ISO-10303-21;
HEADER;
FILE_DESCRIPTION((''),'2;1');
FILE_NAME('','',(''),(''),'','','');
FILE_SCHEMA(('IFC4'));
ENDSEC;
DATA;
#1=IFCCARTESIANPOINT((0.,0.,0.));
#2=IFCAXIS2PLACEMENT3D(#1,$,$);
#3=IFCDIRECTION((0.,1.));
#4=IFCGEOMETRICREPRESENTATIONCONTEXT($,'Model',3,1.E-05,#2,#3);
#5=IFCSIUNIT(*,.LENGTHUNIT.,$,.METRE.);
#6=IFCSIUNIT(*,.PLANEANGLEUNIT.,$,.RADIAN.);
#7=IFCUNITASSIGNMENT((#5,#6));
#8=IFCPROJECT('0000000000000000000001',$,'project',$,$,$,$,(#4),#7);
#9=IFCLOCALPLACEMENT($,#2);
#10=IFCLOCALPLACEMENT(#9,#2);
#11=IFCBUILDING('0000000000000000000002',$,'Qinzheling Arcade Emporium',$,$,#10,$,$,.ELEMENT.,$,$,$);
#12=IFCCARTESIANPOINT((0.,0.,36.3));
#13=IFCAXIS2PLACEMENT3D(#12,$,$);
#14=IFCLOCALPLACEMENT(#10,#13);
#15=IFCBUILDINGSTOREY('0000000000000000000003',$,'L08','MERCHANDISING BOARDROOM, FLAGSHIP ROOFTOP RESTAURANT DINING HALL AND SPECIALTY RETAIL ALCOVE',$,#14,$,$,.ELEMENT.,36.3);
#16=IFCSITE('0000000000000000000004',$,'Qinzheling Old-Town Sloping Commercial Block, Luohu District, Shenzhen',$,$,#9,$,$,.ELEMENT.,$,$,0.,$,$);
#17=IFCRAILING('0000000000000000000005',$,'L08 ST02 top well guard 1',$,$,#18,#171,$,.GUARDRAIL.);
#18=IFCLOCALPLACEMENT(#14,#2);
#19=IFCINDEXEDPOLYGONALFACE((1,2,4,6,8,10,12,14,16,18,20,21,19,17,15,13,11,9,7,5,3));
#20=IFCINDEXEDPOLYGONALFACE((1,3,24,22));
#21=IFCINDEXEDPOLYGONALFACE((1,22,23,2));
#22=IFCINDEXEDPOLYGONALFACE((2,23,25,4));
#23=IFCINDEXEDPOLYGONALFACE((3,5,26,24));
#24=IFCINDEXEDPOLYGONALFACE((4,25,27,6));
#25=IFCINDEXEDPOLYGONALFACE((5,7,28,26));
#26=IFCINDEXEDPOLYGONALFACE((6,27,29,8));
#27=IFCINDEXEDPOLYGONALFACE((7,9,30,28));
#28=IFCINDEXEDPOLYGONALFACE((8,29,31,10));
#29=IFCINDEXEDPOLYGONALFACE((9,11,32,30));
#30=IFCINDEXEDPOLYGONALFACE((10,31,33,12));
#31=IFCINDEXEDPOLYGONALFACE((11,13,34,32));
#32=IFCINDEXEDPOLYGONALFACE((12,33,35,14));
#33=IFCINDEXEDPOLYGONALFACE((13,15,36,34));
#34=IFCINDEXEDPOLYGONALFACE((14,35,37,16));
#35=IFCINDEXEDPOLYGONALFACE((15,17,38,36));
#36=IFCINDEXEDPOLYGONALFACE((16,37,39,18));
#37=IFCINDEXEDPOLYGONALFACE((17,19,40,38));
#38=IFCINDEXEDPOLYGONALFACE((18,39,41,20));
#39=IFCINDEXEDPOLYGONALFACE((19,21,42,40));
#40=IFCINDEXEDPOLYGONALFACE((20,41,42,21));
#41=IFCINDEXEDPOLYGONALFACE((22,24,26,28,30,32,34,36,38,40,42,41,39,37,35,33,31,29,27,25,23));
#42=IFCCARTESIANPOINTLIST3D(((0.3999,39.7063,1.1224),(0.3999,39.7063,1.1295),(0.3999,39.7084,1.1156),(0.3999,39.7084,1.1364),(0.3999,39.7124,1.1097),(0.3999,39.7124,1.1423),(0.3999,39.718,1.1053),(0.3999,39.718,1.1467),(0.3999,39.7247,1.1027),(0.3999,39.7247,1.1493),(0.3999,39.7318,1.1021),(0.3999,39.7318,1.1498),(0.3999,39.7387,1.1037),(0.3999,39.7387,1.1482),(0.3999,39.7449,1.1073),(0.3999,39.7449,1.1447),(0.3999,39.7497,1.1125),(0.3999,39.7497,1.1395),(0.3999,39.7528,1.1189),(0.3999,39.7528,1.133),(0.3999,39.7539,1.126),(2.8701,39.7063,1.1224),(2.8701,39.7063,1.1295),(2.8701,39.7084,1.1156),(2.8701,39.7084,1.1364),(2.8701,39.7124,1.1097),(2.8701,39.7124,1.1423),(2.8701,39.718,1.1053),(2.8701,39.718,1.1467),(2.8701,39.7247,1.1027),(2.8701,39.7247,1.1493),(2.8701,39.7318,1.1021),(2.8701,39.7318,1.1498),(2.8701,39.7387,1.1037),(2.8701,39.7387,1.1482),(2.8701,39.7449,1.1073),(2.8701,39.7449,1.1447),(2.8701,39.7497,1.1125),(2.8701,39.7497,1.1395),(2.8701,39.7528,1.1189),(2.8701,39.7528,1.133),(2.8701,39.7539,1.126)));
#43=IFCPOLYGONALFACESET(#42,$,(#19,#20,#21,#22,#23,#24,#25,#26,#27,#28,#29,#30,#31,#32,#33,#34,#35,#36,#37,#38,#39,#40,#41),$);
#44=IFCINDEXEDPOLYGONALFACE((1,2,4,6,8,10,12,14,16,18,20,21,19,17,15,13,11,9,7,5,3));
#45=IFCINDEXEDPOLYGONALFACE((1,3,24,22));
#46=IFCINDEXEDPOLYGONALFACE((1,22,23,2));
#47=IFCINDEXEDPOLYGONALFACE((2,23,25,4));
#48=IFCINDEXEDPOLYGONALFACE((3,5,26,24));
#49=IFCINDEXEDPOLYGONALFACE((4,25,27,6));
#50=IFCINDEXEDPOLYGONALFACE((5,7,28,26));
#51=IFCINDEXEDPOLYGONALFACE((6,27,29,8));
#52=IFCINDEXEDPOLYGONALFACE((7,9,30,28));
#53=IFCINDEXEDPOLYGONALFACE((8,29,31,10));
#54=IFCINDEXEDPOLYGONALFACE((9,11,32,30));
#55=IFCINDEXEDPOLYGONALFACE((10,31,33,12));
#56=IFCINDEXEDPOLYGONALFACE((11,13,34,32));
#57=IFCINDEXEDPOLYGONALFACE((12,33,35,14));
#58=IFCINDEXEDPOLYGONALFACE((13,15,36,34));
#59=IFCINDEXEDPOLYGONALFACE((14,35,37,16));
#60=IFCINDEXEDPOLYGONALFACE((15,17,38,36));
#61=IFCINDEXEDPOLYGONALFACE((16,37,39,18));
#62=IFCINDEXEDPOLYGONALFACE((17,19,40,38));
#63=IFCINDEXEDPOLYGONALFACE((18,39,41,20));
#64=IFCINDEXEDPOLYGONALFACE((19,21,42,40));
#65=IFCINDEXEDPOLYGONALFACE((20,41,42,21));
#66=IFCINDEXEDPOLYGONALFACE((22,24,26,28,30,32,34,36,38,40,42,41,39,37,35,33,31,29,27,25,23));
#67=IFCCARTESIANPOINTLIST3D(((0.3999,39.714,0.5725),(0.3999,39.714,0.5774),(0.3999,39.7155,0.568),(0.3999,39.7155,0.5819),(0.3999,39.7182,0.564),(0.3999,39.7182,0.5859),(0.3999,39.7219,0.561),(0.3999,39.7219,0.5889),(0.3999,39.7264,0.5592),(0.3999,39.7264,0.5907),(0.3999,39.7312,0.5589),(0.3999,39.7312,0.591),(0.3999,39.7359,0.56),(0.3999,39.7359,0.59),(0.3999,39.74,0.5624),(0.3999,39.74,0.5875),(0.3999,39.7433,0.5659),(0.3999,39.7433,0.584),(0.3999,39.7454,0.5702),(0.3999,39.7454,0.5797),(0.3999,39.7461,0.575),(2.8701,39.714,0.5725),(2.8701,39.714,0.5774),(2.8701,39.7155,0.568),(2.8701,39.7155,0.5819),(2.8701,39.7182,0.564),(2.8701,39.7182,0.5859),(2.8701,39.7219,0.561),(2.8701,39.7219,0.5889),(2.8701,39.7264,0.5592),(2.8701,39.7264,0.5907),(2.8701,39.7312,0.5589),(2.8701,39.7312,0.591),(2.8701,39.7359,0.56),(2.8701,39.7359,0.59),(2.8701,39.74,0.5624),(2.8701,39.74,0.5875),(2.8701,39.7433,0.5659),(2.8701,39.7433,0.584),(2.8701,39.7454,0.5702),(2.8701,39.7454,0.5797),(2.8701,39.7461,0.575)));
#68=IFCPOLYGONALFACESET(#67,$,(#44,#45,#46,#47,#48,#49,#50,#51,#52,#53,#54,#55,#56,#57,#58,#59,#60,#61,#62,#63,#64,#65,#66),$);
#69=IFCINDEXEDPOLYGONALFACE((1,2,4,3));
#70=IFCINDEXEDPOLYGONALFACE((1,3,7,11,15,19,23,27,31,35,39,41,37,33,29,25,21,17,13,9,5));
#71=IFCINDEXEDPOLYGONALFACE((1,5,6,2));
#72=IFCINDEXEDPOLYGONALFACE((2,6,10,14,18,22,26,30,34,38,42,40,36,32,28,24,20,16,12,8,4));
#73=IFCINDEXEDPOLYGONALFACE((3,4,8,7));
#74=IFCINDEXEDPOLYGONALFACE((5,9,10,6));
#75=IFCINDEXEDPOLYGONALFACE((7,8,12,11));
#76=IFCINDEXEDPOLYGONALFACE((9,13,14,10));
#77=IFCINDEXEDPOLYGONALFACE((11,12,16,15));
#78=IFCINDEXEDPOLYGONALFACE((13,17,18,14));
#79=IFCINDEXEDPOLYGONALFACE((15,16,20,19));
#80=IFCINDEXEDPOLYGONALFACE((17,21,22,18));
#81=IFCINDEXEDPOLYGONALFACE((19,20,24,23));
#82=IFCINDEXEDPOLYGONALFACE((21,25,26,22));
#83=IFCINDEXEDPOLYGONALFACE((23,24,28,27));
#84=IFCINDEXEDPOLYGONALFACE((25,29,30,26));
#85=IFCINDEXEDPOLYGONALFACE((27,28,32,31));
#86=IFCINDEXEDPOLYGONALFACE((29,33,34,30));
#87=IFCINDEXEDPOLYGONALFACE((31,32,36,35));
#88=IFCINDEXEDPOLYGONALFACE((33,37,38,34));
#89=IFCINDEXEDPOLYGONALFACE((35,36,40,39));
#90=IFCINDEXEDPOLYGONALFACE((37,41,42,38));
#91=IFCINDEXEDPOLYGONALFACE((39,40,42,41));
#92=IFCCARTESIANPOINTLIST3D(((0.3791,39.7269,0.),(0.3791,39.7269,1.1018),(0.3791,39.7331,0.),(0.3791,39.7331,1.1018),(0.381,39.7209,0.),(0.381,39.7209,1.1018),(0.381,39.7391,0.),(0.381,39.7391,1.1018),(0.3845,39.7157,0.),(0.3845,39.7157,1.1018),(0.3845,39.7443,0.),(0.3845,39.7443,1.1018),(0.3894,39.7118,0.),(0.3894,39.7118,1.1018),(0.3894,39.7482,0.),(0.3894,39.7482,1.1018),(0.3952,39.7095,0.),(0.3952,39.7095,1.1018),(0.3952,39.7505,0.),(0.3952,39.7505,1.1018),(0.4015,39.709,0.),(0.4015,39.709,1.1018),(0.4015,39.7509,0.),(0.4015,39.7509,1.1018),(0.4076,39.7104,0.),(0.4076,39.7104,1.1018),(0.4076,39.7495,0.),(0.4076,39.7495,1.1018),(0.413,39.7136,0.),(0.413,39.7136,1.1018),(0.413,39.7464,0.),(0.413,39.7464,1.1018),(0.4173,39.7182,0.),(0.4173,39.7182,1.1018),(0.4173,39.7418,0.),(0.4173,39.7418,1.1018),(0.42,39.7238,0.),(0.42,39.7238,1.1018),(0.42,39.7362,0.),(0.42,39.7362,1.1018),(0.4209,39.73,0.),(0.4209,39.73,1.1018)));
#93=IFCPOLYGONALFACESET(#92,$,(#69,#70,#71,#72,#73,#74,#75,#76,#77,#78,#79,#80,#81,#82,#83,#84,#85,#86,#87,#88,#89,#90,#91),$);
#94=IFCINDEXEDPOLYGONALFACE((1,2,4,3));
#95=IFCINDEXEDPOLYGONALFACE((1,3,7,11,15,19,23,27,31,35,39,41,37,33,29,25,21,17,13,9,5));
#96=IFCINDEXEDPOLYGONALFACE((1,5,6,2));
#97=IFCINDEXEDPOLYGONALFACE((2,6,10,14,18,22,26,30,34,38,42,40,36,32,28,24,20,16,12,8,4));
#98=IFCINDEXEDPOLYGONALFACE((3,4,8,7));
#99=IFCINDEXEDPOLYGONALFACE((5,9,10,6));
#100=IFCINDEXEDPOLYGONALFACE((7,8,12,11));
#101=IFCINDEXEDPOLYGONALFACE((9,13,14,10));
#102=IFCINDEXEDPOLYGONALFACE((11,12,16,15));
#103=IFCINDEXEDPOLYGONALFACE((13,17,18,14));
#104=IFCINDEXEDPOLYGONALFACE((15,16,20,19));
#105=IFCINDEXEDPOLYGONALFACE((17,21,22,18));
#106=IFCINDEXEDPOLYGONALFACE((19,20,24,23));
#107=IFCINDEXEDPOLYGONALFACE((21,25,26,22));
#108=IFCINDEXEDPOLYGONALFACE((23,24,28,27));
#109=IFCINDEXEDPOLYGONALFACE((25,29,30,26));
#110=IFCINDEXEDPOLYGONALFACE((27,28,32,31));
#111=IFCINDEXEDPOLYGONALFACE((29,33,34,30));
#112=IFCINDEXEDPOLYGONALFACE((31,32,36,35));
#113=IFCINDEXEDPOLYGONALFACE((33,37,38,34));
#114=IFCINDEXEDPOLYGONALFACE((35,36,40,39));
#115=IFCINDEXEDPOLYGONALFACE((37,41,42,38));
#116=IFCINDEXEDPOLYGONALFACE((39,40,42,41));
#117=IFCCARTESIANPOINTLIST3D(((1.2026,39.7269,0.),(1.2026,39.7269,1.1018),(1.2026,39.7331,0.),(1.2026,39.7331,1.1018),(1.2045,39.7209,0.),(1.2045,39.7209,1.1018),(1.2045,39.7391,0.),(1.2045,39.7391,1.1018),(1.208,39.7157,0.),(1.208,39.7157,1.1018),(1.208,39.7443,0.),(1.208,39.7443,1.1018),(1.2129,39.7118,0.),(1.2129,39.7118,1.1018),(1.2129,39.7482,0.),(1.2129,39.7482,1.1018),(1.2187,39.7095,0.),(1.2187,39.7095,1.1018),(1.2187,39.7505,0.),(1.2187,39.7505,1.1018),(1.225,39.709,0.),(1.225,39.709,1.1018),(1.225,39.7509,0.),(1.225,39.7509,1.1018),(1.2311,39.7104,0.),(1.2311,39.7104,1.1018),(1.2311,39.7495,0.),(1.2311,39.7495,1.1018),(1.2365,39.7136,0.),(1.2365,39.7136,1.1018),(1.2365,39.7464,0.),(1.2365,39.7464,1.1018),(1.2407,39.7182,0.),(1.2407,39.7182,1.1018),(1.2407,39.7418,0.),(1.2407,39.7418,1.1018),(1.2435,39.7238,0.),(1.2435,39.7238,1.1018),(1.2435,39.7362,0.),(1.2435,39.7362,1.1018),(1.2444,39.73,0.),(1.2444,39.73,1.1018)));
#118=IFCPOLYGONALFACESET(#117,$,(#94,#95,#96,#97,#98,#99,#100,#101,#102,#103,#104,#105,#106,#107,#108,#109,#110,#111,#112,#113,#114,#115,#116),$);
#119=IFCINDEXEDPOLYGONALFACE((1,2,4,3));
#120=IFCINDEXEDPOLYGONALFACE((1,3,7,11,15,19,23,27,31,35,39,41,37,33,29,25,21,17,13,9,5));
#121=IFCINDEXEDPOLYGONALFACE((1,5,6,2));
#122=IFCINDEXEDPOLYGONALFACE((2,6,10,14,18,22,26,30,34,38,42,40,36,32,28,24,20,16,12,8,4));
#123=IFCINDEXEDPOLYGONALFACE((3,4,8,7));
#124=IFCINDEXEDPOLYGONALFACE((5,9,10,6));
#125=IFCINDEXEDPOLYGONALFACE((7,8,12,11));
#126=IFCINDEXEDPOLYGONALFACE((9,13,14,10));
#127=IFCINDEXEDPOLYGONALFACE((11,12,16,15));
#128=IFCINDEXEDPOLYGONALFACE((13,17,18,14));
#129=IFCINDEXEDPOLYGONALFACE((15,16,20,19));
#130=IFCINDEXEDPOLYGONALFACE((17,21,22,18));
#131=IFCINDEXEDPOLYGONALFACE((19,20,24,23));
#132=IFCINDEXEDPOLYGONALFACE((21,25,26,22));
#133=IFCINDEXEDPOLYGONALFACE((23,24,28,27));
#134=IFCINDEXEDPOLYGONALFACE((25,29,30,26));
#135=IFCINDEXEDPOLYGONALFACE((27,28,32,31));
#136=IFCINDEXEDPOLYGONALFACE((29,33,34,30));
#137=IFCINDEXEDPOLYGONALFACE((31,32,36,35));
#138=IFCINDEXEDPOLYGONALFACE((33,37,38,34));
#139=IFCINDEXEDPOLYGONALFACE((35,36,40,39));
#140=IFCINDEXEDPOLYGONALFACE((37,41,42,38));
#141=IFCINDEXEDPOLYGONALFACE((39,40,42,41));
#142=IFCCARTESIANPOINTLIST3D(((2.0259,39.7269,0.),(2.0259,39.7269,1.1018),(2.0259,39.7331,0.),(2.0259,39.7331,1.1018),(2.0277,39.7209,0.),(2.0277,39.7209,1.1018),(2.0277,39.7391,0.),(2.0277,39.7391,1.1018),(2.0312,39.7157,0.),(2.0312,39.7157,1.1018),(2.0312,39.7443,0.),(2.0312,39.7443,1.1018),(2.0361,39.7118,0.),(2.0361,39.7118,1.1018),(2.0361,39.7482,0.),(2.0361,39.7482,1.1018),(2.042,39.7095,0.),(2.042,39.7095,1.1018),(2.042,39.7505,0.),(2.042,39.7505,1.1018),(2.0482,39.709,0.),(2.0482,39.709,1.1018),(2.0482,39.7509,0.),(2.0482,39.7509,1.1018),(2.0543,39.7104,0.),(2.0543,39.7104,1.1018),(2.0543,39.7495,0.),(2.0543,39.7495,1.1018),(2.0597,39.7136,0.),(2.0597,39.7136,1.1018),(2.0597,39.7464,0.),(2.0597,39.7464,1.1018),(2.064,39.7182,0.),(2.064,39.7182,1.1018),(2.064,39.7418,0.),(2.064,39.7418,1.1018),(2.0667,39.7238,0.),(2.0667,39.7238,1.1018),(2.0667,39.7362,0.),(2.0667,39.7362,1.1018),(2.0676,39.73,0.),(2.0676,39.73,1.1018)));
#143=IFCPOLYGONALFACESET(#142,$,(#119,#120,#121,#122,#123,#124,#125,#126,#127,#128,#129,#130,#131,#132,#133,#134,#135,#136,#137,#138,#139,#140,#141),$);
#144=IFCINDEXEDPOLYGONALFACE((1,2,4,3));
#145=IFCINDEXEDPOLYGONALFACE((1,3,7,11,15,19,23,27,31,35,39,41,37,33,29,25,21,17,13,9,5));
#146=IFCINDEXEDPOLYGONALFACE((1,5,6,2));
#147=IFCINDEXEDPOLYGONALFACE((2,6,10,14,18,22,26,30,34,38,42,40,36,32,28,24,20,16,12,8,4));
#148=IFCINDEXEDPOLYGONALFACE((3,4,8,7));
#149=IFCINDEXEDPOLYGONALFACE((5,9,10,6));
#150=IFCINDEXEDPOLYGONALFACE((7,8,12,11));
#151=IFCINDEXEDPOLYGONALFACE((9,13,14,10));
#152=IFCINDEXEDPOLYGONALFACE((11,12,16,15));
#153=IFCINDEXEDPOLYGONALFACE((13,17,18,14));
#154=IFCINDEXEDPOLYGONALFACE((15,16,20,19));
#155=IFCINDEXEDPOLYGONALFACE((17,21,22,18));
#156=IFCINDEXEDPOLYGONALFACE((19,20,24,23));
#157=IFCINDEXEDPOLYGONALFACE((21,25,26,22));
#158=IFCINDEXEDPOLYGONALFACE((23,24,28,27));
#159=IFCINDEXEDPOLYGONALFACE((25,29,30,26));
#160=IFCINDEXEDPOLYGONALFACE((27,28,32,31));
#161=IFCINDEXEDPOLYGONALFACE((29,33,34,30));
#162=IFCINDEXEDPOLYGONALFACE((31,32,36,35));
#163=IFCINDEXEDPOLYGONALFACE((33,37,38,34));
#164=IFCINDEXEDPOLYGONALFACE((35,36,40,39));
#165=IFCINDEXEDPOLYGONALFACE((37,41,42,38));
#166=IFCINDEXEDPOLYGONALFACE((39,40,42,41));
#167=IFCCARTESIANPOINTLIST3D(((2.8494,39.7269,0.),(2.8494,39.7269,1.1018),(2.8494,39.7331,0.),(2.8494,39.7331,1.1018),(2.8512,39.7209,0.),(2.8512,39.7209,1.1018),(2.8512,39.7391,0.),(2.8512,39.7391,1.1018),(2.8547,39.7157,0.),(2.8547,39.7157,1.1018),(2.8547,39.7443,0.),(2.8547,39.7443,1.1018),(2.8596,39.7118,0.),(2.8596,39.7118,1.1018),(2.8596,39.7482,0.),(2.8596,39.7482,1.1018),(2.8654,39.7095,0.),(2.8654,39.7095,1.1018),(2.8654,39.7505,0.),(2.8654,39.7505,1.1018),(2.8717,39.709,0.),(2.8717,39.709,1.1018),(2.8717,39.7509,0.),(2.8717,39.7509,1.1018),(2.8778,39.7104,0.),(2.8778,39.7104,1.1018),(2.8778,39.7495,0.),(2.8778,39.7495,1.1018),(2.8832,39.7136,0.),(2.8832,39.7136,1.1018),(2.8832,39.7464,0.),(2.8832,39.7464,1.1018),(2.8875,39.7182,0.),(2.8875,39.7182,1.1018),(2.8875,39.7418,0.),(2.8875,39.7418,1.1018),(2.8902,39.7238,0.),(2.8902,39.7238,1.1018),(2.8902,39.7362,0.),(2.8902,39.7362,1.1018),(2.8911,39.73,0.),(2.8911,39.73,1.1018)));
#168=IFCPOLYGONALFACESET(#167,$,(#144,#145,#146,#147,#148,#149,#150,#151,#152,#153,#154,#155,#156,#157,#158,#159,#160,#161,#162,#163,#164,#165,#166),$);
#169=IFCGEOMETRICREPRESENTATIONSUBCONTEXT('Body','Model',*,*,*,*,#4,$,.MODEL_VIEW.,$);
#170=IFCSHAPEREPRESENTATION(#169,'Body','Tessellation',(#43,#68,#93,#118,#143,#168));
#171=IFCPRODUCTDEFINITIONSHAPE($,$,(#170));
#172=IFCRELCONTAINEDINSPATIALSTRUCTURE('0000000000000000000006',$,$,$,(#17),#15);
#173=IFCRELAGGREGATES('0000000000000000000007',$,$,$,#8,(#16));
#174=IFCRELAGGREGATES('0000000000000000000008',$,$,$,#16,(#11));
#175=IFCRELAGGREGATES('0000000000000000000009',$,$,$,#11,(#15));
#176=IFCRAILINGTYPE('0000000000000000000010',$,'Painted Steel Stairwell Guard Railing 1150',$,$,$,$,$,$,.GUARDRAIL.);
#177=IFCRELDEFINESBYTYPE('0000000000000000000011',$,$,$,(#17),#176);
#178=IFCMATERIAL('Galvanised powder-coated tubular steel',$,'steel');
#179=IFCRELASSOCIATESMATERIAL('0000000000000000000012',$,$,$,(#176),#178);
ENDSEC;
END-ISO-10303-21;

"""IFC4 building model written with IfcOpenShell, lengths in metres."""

from ifc_helpers import new_model, si_unit, direction, frame, origin, origin_2d, place, context, subcontext, project, spatial, circle, extrude, material, type_object, element, save


model = new_model("IFC4")

# Units and contexts
model_context = context("Model", 3, precision=1e-05, world=origin(), true_north=direction((0.0, 1.0)))
body_context = subcontext(model_context, "Body", "Model", "MODEL_VIEW")
ifc_project = project(units=[si_unit("LENGTHUNIT", "METRE"), si_unit("PLANEANGLEUNIT", "RADIAN")], contexts=[model_context])

# Site, building, storey
site_placement = place(None, origin())
site = spatial("IfcSite", under=ifc_project, at=site_placement, Name="Qinzheling Old-Town Sloping Commercial Block, Luohu District, Shenzhen", CompositionType="ELEMENT", RefElevation=0.0)
building_placement = place(site_placement, origin())
building = spatial("IfcBuilding", under=site, at=building_placement, Name="Qinzheling Arcade Emporium", CompositionType="ELEMENT")
storey_placement = place(building_placement, frame((0.0, 0.0, 36.3)))
storey = spatial("IfcBuildingStorey", under=building, at=storey_placement, Name="L08", Description="MERCHANDISING BOARDROOM, FLAGSHIP ROOFTOP RESTAURANT DINING HALL AND SPECIALTY RETAIL ALCOVE", CompositionType="ELEMENT", Elevation=36.3)

# Railing
ifc_material_1 = material(Name="Galvanised powder-coated tubular steel", Category="steel")
railing_type = type_object("IfcRailingType", Name="Painted Steel Stairwell Guard Railing 1150", PredefinedType="GUARDRAIL", material=ifc_material_1)
railing_placement = place(storey_placement, frame((0.3999, 39.73, 0.0)))
element("IfcRailing", 1, at=railing_placement, inside=storey, type_object=railing_type, Name="L08 ST02 top well guard 1", PredefinedType="GUARDRAIL", context=body_context, shape_type="SweptSolid", body=[
    extrude(circle(Radius=0.0239, at=origin_2d()), frame((0.0, 0.0, 1.126), z_axis=(1.0, 0.0, 0.0), x_axis=(0.0, 1.0, 0.0)), (0.0, 0.0, 1.0), 2.4702),
    extrude(circle(Radius=0.0161, at=origin_2d()), frame((0.0, 0.0, 0.575), z_axis=(1.0, 0.0, 0.0), x_axis=(0.0, 1.0, 0.0)), (0.0, 0.0, 1.0), 2.4702),
    extrude(circle(Radius=0.021, at=origin_2d()), origin(), (0.0, 0.0, 1.0), 1.1018),
    extrude(circle(Radius=0.021, at=origin_2d()), frame((0.8235, 0.0, 0.0)), (0.0, 0.0, 1.0), 1.1018),
    extrude(circle(Radius=0.021, at=origin_2d()), frame((1.6467, 0.0, 0.0)), (0.0, 0.0, 1.0), 1.1018),
    extrude(circle(Radius=0.021, at=origin_2d()), frame((2.4702, 0.0, 0.0)), (0.0, 0.0, 1.0), 1.1018),
])

save(model, "model.ifc")
